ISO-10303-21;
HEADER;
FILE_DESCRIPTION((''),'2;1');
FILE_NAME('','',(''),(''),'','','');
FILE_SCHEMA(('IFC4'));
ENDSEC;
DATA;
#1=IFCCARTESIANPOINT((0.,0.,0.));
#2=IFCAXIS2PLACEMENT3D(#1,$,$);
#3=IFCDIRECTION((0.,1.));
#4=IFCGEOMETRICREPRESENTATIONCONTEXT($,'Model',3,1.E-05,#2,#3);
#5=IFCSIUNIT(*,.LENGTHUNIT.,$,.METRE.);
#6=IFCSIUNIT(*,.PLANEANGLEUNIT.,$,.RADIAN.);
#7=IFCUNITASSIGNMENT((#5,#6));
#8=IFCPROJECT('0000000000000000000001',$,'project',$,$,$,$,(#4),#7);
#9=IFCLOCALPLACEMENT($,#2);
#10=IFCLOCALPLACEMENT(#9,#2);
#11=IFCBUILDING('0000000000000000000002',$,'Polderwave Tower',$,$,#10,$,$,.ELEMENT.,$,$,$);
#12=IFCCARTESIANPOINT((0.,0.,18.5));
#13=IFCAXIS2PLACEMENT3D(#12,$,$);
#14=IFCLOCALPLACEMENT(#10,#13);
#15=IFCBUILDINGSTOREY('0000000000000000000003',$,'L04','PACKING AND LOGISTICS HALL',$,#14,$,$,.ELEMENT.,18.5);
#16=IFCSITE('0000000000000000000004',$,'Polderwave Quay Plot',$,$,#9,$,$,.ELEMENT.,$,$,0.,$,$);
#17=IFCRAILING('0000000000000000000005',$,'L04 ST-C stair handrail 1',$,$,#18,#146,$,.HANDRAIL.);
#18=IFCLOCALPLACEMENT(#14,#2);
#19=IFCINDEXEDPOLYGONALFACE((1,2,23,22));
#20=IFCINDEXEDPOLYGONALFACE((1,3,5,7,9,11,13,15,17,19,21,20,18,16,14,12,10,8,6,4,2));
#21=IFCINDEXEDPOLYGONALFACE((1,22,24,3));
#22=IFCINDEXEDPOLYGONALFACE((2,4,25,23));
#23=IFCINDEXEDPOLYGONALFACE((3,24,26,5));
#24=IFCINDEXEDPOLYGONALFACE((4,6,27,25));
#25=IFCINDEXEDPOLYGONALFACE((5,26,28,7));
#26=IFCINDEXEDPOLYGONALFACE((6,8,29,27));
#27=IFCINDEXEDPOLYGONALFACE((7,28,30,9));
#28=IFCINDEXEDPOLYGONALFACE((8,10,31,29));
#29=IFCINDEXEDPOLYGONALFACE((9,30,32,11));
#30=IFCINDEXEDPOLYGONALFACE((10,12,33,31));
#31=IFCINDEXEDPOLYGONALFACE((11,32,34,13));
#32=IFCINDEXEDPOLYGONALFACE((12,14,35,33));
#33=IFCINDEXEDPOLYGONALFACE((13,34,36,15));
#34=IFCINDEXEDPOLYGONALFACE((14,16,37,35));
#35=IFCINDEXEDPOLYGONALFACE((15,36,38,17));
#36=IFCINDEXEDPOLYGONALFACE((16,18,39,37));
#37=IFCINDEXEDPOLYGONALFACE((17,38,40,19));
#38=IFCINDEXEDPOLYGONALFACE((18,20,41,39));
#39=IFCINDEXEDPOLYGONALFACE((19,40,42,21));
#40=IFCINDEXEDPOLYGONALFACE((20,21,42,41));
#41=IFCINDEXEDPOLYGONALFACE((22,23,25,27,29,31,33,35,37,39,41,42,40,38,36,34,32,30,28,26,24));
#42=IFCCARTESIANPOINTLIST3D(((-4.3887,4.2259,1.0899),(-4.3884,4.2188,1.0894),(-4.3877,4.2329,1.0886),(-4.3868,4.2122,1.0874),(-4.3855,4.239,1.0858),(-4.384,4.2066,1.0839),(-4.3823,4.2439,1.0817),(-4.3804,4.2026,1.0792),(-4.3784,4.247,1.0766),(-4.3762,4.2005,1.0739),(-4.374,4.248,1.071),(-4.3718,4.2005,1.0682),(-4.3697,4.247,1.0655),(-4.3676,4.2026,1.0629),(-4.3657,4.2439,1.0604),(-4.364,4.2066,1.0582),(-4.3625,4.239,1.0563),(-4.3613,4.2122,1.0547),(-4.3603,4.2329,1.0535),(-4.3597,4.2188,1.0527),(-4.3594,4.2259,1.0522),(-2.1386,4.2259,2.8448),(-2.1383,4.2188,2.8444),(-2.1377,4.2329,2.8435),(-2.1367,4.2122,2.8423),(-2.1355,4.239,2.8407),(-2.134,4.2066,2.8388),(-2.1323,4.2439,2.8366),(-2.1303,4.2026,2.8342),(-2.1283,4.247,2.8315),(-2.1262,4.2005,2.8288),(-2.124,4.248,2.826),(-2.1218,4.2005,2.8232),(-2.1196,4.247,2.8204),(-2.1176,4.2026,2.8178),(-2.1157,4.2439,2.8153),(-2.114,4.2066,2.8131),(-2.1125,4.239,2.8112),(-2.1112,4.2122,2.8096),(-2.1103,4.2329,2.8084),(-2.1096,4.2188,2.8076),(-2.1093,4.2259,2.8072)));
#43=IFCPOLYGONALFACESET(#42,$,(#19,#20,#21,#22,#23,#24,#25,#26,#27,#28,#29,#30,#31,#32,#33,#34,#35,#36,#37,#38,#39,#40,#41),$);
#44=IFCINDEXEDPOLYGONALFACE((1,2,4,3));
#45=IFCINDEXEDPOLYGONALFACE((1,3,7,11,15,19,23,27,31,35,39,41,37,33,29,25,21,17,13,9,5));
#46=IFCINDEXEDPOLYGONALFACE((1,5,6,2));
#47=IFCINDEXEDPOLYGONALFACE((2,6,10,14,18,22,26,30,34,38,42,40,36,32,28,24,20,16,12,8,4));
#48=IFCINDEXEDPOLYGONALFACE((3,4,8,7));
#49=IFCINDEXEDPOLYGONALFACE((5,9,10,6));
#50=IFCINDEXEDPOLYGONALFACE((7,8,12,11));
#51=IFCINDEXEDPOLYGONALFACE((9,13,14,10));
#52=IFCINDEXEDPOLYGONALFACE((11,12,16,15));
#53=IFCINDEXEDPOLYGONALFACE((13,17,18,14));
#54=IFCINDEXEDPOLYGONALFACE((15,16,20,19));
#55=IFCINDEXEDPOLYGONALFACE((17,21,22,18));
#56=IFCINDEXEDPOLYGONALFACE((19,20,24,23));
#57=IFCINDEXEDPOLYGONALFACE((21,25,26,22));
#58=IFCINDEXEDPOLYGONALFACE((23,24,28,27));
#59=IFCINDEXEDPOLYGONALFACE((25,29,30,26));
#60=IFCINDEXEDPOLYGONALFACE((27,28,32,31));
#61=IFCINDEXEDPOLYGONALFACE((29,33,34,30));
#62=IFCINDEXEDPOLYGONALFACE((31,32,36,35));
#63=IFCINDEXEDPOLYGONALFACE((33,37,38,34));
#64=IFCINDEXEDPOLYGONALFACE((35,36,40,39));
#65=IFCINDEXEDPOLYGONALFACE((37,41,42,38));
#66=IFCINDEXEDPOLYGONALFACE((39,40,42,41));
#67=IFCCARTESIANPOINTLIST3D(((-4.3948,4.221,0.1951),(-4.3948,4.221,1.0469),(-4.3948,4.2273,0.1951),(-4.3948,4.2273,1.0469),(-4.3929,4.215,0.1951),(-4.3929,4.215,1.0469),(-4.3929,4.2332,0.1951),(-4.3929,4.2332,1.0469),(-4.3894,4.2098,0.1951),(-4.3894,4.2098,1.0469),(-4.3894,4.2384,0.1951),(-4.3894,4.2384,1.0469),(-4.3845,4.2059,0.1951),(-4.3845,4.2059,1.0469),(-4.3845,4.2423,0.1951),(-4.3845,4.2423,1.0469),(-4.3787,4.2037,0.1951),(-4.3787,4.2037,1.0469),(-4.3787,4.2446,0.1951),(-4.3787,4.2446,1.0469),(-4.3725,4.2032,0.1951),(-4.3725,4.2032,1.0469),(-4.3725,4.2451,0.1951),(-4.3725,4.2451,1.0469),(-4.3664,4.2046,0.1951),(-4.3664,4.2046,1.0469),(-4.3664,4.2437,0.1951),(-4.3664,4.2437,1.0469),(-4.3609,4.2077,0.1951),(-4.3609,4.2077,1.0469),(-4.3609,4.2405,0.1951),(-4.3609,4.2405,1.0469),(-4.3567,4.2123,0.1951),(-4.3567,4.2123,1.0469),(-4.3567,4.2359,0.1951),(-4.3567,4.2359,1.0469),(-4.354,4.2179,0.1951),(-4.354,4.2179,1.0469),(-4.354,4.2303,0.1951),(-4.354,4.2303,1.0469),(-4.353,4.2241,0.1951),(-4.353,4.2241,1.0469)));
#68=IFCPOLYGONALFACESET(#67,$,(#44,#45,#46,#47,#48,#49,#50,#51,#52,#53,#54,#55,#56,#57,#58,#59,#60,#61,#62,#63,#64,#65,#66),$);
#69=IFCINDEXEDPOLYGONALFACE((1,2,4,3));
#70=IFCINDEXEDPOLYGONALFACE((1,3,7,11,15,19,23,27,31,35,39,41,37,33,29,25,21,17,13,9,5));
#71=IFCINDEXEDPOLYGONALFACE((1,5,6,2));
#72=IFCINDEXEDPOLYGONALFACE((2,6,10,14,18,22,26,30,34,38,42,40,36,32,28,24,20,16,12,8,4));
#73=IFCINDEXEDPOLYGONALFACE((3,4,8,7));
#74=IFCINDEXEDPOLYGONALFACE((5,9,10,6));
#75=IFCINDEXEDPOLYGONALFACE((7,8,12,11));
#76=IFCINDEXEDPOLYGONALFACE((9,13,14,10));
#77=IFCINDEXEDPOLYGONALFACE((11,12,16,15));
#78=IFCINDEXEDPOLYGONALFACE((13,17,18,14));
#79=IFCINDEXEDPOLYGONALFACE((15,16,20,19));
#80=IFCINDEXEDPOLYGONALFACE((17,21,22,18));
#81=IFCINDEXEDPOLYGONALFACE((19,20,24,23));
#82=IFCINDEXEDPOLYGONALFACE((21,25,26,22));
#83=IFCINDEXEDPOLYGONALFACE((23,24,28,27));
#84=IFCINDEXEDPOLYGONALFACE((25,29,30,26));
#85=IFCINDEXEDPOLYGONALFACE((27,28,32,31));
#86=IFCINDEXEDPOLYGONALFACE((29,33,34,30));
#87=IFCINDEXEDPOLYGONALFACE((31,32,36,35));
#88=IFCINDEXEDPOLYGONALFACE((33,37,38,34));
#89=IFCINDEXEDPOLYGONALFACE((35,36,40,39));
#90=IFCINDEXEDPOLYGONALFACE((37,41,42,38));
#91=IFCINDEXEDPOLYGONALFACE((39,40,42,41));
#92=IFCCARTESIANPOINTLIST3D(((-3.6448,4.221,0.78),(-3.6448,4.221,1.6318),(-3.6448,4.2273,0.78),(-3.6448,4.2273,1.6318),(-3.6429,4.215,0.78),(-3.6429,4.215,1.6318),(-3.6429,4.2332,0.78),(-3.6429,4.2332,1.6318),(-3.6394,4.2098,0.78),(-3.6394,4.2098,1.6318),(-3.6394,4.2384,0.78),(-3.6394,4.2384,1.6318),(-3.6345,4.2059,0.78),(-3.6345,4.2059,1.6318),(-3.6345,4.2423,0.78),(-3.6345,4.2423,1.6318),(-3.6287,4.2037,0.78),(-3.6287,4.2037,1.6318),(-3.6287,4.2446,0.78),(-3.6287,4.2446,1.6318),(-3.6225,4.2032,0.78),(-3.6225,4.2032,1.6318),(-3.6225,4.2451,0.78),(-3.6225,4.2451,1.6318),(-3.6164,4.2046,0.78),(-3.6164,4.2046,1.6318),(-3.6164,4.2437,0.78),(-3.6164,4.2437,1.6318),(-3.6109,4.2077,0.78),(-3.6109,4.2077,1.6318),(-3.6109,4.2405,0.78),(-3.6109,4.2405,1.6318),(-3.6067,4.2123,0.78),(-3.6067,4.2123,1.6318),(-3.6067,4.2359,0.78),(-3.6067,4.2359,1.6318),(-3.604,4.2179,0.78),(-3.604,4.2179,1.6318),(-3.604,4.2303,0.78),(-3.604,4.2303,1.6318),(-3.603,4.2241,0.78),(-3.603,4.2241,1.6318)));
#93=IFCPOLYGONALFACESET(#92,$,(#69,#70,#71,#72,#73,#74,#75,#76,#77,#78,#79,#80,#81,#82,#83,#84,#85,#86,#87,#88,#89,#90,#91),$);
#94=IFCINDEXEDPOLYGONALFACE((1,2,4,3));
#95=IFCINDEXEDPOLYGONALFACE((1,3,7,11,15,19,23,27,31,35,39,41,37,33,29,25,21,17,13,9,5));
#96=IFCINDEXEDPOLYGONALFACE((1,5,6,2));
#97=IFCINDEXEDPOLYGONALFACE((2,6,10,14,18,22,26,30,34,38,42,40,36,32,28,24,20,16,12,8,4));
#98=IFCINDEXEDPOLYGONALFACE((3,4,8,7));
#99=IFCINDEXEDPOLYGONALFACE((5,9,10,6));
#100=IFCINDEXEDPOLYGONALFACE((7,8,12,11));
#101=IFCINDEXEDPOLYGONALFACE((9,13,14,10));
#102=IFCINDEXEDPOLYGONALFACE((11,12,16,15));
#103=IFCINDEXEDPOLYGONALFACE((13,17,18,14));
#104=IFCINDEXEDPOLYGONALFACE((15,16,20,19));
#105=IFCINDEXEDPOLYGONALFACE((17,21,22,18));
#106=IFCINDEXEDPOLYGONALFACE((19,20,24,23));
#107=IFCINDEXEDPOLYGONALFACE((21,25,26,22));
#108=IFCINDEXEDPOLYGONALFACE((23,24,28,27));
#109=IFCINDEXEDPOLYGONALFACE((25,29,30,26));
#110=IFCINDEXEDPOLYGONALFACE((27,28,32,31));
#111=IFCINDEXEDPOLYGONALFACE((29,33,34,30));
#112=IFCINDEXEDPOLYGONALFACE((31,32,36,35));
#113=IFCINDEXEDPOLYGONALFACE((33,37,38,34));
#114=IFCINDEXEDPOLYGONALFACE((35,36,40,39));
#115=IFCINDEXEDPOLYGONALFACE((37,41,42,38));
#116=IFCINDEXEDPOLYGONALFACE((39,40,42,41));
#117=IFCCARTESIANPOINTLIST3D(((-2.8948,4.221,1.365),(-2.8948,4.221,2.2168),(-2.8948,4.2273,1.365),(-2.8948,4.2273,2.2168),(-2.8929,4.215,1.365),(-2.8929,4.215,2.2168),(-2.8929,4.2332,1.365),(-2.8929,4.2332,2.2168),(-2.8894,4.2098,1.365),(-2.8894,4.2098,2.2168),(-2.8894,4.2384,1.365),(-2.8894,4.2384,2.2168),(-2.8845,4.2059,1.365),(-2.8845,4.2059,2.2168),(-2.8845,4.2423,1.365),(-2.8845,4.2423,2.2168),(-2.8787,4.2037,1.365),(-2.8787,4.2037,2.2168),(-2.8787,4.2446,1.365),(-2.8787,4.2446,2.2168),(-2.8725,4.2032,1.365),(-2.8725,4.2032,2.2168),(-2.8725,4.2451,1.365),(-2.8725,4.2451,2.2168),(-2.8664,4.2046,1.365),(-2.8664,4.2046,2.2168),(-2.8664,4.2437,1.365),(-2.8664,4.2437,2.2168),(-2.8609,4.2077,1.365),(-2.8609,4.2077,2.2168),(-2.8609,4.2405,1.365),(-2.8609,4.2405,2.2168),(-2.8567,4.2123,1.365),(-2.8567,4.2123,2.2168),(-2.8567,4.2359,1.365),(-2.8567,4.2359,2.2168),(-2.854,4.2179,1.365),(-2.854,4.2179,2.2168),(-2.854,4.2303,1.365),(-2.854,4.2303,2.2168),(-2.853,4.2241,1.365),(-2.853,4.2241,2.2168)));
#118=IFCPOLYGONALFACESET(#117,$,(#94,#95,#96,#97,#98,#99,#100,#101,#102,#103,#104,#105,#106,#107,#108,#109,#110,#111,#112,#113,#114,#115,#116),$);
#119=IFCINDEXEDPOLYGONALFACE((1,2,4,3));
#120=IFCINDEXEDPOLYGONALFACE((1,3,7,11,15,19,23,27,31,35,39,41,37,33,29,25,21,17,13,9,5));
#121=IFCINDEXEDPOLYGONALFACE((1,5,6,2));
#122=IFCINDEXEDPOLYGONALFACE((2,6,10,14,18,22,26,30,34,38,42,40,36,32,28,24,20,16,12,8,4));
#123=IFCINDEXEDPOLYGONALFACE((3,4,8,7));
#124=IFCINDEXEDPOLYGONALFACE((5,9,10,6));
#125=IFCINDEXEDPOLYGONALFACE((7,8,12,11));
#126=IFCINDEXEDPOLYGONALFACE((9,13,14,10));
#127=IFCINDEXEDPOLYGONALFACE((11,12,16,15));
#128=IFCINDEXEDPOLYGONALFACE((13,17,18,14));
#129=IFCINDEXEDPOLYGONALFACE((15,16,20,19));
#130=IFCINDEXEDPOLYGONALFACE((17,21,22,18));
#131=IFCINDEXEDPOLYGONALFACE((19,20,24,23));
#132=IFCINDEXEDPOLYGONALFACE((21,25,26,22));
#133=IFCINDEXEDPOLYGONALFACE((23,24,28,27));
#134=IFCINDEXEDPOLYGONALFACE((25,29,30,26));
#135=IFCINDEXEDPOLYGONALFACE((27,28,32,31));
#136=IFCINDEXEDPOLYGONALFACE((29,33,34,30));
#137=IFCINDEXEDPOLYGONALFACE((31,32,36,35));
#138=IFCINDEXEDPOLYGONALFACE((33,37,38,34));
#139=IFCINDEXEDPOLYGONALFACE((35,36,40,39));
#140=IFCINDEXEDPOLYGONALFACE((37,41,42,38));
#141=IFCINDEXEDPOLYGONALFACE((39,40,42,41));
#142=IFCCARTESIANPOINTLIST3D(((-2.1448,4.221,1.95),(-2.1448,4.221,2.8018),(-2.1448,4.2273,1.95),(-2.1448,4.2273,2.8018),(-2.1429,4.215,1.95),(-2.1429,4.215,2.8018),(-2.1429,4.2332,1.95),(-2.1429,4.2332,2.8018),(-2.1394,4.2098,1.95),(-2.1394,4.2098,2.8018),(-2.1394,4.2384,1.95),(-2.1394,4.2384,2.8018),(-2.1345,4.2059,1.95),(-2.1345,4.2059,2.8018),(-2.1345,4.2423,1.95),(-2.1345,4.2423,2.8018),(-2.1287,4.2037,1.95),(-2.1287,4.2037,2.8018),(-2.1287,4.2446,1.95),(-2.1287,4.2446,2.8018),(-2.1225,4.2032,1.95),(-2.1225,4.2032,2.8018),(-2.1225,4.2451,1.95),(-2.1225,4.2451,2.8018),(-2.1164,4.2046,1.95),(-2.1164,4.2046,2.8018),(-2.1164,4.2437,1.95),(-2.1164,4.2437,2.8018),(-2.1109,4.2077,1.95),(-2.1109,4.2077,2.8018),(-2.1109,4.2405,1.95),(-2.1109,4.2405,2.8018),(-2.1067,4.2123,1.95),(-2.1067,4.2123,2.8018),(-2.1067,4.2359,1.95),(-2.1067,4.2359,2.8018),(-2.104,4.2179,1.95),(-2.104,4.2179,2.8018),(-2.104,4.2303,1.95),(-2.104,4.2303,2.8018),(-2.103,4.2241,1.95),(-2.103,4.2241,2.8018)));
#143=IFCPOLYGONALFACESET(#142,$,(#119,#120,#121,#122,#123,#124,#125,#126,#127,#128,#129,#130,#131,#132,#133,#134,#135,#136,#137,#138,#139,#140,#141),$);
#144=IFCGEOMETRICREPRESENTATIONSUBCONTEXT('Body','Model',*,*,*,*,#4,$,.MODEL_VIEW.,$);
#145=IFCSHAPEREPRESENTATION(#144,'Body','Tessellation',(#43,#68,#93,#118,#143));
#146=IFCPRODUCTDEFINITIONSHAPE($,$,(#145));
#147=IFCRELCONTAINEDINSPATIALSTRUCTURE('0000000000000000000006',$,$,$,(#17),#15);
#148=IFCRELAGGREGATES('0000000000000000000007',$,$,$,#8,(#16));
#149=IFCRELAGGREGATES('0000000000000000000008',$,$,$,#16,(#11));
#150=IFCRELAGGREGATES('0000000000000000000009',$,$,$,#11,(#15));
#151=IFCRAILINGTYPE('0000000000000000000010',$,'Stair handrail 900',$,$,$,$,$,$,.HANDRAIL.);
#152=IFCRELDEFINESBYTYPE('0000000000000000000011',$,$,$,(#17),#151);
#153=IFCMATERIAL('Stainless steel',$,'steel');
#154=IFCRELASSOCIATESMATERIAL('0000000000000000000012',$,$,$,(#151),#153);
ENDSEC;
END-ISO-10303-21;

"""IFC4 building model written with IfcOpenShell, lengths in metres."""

from ifc_helpers import new_model, si_unit, direction, frame, origin, origin_2d, place, context, subcontext, project, spatial, circle, extrude, material, type_object, element, save


model = new_model("IFC4")

# Units and contexts
model_context = context("Model", 3, precision=1e-05, world=origin(), true_north=direction((0.0, 1.0)))
body_context = subcontext(model_context, "Body", "Model", "MODEL_VIEW")
ifc_project = project(units=[si_unit("LENGTHUNIT", "METRE"), si_unit("PLANEANGLEUNIT", "RADIAN")], contexts=[model_context])

# Site, building, storey
site_placement = place(None, origin())
site = spatial("IfcSite", under=ifc_project, at=site_placement, Name="Polderwave Quay Plot", CompositionType="ELEMENT", RefElevation=0.0)
building_placement = place(site_placement, origin())
building = spatial("IfcBuilding", under=site, at=building_placement, Name="Polderwave Tower", CompositionType="ELEMENT")
storey_placement = place(building_placement, frame((0.0, 0.0, 18.5)))
storey = spatial("IfcBuildingStorey", under=building, at=storey_placement, Name="L04", Description="PACKING AND LOGISTICS HALL", CompositionType="ELEMENT", Elevation=18.5)

# Railing
ifc_material_1 = material(Name="Stainless steel", Category="steel")
railing_type_1 = type_object("IfcRailingType", Name="Stair handrail 900", PredefinedType="HANDRAIL", material=ifc_material_1)
railing_1_placement = place(storey_placement, frame((-4.374, 4.2241, 0.1951)))
element("IfcRailing", 1, at=railing_1_placement, inside=storey, type_object=railing_type_1, Name="L04 ST-C stair handrail 1", PredefinedType="HANDRAIL", context=body_context, shape_type="SweptSolid", body=[
    extrude(circle(Radius=0.0239, at=origin_2d()), frame((0.0, 0.0, 0.876), z_axis=(0.788522, 0.0, 0.615006), x_axis=(0.0, 1.0, 0.0)), (0.0, 0.0, 1.0), 2.8535),
    extrude(circle(Radius=0.021, at=origin_2d()), origin(), (0.0, 0.0, 1.0), 0.8518),
    extrude(circle(Radius=0.021, at=origin_2d()), frame((0.75, 0.0, 0.585)), (0.0, 0.0, 1.0), 0.8518),
    extrude(circle(Radius=0.021, at=origin_2d()), frame((1.5, 0.0, 1.1699)), (0.0, 0.0, 1.0), 0.8518),
    extrude(circle(Radius=0.021, at=origin_2d()), frame((2.25, 0.0, 1.7549)), (0.0, 0.0, 1.0), 0.8518),
])

save(model, "model.ifc")
